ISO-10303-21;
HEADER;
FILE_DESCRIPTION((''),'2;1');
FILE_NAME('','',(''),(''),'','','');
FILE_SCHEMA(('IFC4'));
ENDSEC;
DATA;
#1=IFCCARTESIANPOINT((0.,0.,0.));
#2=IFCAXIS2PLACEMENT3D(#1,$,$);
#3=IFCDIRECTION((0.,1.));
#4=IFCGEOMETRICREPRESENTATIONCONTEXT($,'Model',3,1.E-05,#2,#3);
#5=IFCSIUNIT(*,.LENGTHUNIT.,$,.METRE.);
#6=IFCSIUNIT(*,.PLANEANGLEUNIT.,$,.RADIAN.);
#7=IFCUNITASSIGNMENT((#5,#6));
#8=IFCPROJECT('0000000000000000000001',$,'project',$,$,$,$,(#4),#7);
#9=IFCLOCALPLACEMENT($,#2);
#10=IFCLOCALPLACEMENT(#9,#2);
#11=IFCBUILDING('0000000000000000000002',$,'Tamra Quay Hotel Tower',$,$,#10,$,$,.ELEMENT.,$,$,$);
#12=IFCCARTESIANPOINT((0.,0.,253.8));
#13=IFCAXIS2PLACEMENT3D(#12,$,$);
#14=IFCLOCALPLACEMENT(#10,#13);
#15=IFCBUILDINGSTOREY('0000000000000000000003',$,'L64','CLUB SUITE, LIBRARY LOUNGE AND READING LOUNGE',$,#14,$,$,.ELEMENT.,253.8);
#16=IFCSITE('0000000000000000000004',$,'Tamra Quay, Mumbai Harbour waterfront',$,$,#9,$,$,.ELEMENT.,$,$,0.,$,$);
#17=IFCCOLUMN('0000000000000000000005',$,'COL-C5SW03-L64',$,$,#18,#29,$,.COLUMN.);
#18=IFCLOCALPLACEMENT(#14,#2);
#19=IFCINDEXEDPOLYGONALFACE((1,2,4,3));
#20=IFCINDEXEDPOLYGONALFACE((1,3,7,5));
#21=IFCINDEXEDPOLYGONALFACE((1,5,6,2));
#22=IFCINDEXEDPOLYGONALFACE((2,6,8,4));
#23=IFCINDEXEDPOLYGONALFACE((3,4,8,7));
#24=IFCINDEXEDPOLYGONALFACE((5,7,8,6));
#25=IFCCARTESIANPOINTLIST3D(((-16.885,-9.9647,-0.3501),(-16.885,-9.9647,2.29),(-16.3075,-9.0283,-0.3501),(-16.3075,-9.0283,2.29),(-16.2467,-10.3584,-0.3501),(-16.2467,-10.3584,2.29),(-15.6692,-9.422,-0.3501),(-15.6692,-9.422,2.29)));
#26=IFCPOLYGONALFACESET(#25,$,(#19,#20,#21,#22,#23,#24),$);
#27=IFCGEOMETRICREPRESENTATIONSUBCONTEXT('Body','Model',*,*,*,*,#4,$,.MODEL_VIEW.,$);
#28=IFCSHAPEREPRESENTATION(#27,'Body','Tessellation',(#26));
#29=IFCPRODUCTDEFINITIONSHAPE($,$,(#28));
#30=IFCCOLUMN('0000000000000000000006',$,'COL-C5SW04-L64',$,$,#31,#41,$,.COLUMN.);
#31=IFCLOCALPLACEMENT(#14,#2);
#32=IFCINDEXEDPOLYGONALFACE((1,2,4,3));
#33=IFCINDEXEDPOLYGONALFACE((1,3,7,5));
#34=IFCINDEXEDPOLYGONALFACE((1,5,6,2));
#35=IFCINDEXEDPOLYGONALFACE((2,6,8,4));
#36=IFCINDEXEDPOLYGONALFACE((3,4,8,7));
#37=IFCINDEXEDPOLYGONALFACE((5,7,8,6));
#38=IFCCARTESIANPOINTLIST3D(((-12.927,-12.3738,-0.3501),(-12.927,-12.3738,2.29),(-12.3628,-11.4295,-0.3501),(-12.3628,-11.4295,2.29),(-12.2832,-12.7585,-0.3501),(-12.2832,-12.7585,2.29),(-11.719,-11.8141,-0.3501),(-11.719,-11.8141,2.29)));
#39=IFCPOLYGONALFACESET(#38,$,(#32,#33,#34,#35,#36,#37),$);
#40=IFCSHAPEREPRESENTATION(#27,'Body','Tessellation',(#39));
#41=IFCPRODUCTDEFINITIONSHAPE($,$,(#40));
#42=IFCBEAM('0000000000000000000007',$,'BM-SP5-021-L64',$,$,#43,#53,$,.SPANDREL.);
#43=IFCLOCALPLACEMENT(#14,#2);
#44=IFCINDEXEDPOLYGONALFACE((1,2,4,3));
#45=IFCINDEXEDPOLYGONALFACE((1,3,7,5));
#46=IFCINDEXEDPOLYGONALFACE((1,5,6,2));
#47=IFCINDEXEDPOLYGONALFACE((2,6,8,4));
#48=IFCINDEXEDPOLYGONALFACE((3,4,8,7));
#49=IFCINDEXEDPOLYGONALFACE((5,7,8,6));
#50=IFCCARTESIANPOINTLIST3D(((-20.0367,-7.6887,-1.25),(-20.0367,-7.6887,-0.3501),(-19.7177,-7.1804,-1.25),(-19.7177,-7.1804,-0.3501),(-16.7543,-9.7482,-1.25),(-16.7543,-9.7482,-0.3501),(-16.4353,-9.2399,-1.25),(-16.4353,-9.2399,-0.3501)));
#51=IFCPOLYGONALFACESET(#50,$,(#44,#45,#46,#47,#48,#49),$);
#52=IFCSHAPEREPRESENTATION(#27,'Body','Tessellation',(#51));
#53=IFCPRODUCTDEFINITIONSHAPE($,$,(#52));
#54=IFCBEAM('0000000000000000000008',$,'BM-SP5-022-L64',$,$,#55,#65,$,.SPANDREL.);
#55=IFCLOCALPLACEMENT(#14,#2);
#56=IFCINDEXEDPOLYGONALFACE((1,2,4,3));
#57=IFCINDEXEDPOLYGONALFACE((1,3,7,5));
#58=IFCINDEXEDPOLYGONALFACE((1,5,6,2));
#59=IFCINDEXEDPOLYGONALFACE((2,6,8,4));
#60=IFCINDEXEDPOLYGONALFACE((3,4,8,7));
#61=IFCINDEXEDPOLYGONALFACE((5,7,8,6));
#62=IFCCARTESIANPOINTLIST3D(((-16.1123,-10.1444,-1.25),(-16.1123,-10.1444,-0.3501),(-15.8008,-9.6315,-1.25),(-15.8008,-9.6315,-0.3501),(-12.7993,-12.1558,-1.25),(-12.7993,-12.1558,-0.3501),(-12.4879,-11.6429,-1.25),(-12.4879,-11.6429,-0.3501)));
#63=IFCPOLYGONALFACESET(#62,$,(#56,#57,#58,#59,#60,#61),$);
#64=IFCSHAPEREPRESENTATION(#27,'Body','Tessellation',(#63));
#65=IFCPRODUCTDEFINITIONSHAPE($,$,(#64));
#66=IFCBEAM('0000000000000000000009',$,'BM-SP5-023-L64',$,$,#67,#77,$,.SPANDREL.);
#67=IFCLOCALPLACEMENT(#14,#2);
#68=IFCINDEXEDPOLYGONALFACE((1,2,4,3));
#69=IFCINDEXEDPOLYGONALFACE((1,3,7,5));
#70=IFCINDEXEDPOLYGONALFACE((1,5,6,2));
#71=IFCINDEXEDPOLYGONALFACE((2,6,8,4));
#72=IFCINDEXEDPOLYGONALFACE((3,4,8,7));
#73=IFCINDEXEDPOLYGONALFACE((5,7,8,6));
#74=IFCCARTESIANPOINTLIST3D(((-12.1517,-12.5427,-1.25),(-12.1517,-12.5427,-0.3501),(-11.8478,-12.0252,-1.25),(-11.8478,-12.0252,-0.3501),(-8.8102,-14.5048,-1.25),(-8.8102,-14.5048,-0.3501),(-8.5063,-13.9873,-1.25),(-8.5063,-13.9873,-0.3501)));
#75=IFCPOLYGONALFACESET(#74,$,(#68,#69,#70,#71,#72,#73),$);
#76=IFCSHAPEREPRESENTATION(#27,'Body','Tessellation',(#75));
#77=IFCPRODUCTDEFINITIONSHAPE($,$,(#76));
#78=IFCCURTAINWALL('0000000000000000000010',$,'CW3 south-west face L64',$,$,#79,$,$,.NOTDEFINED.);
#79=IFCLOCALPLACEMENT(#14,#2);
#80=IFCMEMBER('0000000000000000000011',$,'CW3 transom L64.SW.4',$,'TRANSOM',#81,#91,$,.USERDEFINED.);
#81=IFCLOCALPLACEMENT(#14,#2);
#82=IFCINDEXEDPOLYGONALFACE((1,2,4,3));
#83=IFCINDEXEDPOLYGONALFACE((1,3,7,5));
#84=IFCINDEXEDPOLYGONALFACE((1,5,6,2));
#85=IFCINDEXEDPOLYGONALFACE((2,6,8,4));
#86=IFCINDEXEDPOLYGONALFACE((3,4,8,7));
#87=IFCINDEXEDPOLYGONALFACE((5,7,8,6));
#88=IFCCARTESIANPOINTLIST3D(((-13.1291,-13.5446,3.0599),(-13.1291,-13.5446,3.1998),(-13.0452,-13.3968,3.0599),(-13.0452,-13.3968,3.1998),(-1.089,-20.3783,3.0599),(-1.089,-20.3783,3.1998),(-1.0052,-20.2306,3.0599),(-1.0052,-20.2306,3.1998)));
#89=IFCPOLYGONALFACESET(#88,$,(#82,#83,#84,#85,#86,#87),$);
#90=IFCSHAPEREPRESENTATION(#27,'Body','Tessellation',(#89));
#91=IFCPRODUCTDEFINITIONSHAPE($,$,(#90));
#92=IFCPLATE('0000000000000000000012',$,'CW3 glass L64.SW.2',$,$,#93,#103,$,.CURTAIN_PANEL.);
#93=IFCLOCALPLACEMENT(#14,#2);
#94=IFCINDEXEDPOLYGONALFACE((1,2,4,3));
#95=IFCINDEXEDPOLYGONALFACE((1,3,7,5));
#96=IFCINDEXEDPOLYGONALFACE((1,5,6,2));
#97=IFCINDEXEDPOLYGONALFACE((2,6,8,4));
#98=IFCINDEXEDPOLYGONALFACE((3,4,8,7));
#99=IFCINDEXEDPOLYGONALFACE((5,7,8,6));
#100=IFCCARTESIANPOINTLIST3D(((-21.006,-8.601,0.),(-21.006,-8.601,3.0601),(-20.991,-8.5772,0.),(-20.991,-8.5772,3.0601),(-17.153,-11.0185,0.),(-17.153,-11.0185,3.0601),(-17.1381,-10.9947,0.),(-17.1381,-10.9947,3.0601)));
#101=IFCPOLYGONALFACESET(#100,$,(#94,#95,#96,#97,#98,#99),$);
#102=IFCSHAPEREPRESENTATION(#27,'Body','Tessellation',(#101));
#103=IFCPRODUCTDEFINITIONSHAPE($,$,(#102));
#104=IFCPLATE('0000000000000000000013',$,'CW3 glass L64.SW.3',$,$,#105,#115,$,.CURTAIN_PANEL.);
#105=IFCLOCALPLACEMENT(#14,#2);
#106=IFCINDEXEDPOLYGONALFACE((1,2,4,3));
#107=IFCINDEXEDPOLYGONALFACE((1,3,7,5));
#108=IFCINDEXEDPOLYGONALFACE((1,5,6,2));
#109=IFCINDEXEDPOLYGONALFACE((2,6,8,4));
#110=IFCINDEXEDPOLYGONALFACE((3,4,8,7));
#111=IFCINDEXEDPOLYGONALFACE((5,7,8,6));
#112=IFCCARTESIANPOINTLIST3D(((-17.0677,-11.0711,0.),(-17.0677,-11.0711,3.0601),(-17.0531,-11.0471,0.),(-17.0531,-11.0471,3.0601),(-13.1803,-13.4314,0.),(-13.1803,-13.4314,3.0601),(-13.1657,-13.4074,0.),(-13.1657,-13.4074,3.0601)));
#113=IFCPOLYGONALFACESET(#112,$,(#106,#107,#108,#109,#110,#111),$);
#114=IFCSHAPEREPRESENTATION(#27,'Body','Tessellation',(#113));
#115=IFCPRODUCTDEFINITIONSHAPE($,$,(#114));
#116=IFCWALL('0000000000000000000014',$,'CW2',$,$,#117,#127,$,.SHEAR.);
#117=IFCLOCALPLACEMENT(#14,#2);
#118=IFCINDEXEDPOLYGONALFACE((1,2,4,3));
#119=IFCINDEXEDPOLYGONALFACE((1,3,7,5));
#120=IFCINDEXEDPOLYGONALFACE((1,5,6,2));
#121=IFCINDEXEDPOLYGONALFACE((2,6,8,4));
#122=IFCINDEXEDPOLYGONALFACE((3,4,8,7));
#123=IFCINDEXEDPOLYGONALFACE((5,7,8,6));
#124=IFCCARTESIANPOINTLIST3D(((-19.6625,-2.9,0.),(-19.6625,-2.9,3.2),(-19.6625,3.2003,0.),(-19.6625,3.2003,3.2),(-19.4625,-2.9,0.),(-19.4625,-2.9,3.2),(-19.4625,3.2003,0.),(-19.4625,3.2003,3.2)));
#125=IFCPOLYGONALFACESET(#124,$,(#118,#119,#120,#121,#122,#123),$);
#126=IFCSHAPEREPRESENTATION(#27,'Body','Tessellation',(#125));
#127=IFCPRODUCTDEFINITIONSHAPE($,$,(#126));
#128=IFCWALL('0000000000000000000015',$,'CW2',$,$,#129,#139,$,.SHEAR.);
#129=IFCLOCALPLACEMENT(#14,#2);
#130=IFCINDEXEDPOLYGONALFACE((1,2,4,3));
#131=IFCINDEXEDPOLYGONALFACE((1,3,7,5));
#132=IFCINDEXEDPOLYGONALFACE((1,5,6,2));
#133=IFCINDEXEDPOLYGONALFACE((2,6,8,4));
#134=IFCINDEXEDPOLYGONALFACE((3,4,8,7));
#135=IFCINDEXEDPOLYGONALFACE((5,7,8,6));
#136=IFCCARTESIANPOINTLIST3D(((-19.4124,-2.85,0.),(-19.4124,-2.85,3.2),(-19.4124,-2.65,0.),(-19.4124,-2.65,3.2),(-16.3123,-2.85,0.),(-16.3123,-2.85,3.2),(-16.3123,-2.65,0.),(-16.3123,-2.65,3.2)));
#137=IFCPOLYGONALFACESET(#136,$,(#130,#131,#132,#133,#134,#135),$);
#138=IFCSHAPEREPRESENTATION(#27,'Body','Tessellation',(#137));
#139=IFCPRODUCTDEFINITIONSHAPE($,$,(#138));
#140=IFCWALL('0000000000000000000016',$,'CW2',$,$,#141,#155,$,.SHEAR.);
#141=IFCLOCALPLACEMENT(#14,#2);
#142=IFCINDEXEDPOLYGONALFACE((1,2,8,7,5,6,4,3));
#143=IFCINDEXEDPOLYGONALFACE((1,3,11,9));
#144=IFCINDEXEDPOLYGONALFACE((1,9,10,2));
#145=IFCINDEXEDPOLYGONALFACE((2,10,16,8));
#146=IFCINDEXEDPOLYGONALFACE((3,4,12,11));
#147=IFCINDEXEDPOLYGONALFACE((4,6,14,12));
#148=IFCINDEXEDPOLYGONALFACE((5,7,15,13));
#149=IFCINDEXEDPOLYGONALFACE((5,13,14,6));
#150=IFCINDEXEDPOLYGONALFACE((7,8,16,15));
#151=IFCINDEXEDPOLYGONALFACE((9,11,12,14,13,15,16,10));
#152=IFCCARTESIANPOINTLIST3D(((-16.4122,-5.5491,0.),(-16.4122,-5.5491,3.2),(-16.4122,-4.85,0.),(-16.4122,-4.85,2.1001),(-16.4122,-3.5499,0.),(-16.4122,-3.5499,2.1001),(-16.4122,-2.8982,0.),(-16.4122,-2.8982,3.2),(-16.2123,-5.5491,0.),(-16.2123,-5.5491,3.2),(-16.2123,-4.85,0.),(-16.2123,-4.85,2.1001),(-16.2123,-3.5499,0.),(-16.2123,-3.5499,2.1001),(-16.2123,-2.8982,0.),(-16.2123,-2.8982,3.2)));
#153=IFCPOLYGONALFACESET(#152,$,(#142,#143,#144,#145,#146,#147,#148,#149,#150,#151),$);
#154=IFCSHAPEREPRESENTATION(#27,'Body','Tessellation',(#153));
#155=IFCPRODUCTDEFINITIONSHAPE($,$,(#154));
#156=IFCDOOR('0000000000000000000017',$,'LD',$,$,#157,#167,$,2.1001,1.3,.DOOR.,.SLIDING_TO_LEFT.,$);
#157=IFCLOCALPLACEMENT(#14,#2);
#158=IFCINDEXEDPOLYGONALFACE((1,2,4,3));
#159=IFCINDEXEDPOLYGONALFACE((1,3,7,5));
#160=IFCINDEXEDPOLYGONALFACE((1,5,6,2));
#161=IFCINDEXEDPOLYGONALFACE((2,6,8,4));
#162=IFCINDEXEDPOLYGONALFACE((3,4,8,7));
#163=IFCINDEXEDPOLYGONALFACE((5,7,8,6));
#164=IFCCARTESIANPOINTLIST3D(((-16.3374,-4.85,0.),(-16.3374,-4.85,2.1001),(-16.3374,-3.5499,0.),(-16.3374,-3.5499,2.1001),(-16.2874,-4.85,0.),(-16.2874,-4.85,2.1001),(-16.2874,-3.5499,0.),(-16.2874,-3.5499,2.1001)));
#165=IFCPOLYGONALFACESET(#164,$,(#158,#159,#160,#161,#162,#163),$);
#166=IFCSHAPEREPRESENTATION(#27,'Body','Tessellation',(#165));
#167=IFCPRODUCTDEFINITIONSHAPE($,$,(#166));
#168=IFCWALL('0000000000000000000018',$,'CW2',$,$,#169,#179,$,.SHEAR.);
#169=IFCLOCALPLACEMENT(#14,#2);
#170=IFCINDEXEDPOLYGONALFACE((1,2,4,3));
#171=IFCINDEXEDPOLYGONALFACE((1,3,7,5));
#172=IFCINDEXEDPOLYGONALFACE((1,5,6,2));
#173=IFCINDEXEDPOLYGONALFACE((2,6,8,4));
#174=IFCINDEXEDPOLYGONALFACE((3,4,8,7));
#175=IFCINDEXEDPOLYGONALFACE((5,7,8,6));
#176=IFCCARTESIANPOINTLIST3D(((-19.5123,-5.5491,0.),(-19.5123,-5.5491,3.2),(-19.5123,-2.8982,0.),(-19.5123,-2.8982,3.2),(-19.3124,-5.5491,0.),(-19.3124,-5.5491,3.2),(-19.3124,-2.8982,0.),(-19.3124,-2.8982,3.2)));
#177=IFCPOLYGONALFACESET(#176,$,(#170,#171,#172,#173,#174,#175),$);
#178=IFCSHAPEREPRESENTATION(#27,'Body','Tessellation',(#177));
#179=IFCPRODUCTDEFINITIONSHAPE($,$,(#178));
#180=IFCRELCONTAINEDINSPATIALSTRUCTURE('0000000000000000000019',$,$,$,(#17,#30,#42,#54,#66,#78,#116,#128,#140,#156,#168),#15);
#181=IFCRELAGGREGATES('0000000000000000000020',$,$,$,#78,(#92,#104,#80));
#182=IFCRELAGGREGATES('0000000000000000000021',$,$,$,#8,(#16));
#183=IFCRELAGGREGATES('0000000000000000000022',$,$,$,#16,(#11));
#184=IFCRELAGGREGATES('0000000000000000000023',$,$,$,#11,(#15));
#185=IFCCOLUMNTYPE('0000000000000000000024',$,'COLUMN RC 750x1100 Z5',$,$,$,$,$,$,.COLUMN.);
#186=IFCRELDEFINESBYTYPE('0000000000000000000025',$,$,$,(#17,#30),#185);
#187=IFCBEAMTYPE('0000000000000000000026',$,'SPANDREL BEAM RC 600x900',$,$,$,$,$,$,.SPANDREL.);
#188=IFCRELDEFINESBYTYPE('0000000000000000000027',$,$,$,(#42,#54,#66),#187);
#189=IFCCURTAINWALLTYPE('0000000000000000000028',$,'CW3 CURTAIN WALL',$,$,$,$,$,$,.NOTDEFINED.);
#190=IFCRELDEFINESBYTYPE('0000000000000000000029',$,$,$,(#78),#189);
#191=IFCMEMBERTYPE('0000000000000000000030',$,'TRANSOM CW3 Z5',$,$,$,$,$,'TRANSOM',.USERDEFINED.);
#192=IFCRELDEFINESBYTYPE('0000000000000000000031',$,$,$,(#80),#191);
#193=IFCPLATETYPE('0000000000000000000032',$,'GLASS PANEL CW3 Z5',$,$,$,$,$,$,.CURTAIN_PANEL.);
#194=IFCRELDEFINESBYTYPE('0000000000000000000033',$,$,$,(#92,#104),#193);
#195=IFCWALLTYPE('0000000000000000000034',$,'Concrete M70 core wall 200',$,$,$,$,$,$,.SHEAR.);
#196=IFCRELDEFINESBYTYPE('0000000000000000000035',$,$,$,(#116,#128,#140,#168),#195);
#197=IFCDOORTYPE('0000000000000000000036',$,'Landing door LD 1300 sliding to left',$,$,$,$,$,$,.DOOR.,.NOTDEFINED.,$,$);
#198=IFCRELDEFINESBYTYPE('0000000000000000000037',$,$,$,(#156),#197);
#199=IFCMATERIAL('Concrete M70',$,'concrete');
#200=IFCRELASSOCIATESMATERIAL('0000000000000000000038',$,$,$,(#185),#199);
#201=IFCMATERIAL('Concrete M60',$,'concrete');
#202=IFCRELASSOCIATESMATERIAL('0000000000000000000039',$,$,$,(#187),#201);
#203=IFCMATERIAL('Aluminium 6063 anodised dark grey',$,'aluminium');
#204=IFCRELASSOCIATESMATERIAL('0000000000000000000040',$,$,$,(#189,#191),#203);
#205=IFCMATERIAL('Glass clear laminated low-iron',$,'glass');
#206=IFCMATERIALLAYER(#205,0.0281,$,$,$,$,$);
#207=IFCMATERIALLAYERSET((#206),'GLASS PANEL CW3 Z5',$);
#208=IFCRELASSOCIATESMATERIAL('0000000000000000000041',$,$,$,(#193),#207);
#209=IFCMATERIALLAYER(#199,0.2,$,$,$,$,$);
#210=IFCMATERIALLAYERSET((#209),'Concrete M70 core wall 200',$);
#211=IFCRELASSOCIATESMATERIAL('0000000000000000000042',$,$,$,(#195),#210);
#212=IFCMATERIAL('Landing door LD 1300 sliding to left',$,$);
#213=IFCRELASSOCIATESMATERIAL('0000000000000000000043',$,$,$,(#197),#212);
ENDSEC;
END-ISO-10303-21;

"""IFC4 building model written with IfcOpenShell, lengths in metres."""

from ifc_helpers import new_model, si_unit, direction, frame, frame_2d, origin, origin_2d, place, context, subcontext, project, spatial, rectangle, extrude, material, layer, layer_set, material_profile, profile_set, type_object, element, fill, aggregate, save


model = new_model("IFC4")

# Units and contexts
model_context = context("Model", 3, precision=1e-05, world=origin(), true_north=direction((0.0, 1.0)))
body_context = subcontext(model_context, "Body", "Model", "MODEL_VIEW")
ifc_project = project(units=[si_unit("LENGTHUNIT", "METRE"), si_unit("PLANEANGLEUNIT", "RADIAN")], contexts=[model_context])

# Site, building, storey
site_placement = place(None, origin())
site = spatial("IfcSite", under=ifc_project, at=site_placement, Name="Tamra Quay, Mumbai Harbour waterfront", CompositionType="ELEMENT", RefElevation=0.0)
building_placement = place(site_placement, origin())
building = spatial("IfcBuilding", under=site, at=building_placement, Name="Tamra Quay Hotel Tower", CompositionType="ELEMENT")
storey_placement = place(building_placement, frame((0.0, 0.0, 253.8)))
storey = spatial("IfcBuildingStorey", under=building, at=storey_placement, Name="L64", Description="CLUB SUITE, LIBRARY LOUNGE AND READING LOUNGE", CompositionType="ELEMENT", Elevation=253.8)

# Columns
ifc_material_1 = material(Name="Concrete M70", Category="concrete")
ifc_material_profile_1 = material_profile(ifc_material_1, rectangle(XDim=1.1001, YDim=0.75, at=origin_2d()), Name="COLUMN RC 750x1100 Z5")
ifc_profile_set_1 = profile_set([ifc_material_profile_1], Name="Concrete M70")
column_type = type_object("IfcColumnType", Name="COLUMN RC 750x1100 Z5", PredefinedType="COLUMN", material=ifc_profile_set_1)
for number, where, z_axis, x_axis, name in (
    (1, (-16.2771, -9.6934, -0.3501), (0.0, 0.0, 1.0), (0.524928, 0.851147, 0.0), "COL-C5SW03-L64"),
    (2, (-12.323, -12.094, -0.3501), (0.0, 0.0, 1.0), (0.512899, 0.858449, 0.0), "COL-C5SW04-L64"),
):
    element("IfcColumn", number, at=place(storey_placement, frame(where, z_axis=z_axis, x_axis=x_axis)), inside=storey, type_object=column_type, Name=name, PredefinedType="COLUMN", context=body_context, shape_type="SweptSolid", body=[
        extrude(rectangle(XDim=1.1001, YDim=0.75, at=origin_2d()), origin(), (0.0, 0.0, 1.0), 2.6401),
    ])

# Beams
ifc_material_2 = material(Name="Concrete M60", Category="concrete")
ifc_material_profile_2 = material_profile(ifc_material_2, rectangle(XDim=0.6001, YDim=0.8999, at=origin_2d()), Name="SPANDREL BEAM RC 600x900")
ifc_profile_set_2 = profile_set([ifc_material_profile_2], Name="Concrete M60")
beam_type = type_object("IfcBeamType", Name="SPANDREL BEAM RC 600x900", PredefinedType="SPANDREL", material=ifc_profile_set_2)
beam_1_placement = place(storey_placement, frame((-19.8772, -7.4346, -0.8), z_axis=(0.847066, -0.531488, 0.0), x_axis=(0.531488, 0.847066, 0.0)))
element("IfcBeam", 3, at=beam_1_placement, inside=storey, type_object=beam_type, Name="BM-SP5-021-L64", PredefinedType="SPANDREL", context=body_context, shape_type="SweptSolid", body=[
    extrude(rectangle(XDim=0.6001, YDim=0.8999, at=origin_2d()), origin(), (0.0, 0.0, 1.0), 3.875),
])
beam_2_placement = place(storey_placement, frame((-15.9565, -9.8879, -0.8), z_axis=(0.854786, -0.518981, 0.0), x_axis=(0.518981, 0.854786, 0.0)))
element("IfcBeam", 4, at=beam_2_placement, inside=storey, type_object=beam_type, Name="BM-SP5-022-L64", PredefinedType="SPANDREL", context=body_context, shape_type="SweptSolid", body=[
    extrude(rectangle(XDim=0.6001, YDim=0.8999, at=origin_2d()), origin(), (0.0, 0.0, 1.0), 3.8757),
])
beam_3_placement = place(storey_placement, frame((-11.9998, -12.2839, -0.8), z_axis=(0.862324, -0.506356, 0.0), x_axis=(0.506356, 0.862324, 0.0)))
element("IfcBeam", 5, at=beam_3_placement, inside=storey, type_object=beam_type, Name="BM-SP5-023-L64", PredefinedType="SPANDREL", context=body_context, shape_type="SweptSolid", body=[
    extrude(rectangle(XDim=0.6001, YDim=0.8999, at=origin_2d()), origin(), (0.0, 0.0, 1.0), 3.875),
])

# Curtain wall, member, plates
ifc_material_3 = material(Name="Aluminium 6063 anodised dark grey", Category="aluminium")
curtain_wall_type = type_object("IfcCurtainWallType", Name="CW3 CURTAIN WALL", PredefinedType="NOTDEFINED", material=ifc_material_3)
curtain_wall_placement = place(storey_placement, origin())
curtain_wall = element("IfcCurtainWall", 6, at=curtain_wall_placement, inside=storey, type_object=curtain_wall_type, Name="CW3 south-west face L64", PredefinedType="NOTDEFINED")
ifc_material_profile_3 = material_profile(ifc_material_3, rectangle(XDim=0.1699, YDim=0.1399, at=origin_2d()), Name="TRANSOM 170X140")
ifc_profile_set_3 = profile_set([ifc_material_profile_3], Name="Aluminium 6063 anodised dark grey")
member_type = type_object("IfcMemberType", Name="TRANSOM CW3 Z5", ElementType="TRANSOM", PredefinedType="USERDEFINED", material=ifc_profile_set_3)
member_placement = place(storey_placement, frame((-13.0872, -13.4707, 3.1299), z_axis=(0.86968, -0.493617, 0.0), x_axis=(0.493617, 0.86968, 0.0)))
member = element("IfcMember", 7, at=member_placement, type_object=member_type, Name="CW3 transom L64.SW.4", ObjectType="TRANSOM", PredefinedType="USERDEFINED", context=body_context, shape_type="SweptSolid", body=[
    extrude(rectangle(XDim=0.1699, YDim=0.1399, at=origin_2d()), origin(), (0.0, 0.0, 1.0), 13.8442),
])
ifc_material_4 = material(Name="Glass clear laminated low-iron", Category="glass")
ifc_layer_1 = layer(ifc_material_4, 0.0281)
ifc_layer_set_1 = layer_set([ifc_layer_1], Name="GLASS PANEL CW3 Z5")
plate_type = type_object("IfcPlateType", Name="GLASS PANEL CW3 Z5", PredefinedType="CURTAIN_PANEL", material=ifc_layer_set_1)
plate_1_placement = place(storey_placement, frame((-19.072, -9.7979, 0.0), z_axis=(0.0, 0.0, 1.0), x_axis=(0.847068, -0.531484, 0.0)))
plate_1 = element("IfcPlate", 8, at=plate_1_placement, type_object=plate_type, Name="CW3 glass L64.SW.2", PredefinedType="CURTAIN_PANEL", context=body_context, shape_type="SweptSolid", body=[
    extrude(rectangle(XDim=4.5486, YDim=0.0281, at=origin_2d()), origin(), (0.0, 0.0, 1.0), 3.0601),
])
plate_2_placement = place(storey_placement, frame((-15.1167, -12.2393, 0.0), z_axis=(0.0, 0.0, 1.0), x_axis=(0.854783, -0.518985, 0.0)))
plate_2 = element("IfcPlate", 9, at=plate_2_placement, type_object=plate_type, Name="CW3 glass L64.SW.3", PredefinedType="CURTAIN_PANEL", context=body_context, shape_type="SweptSolid", body=[
    extrude(rectangle(XDim=4.5479, YDim=0.0281, at=origin_2d()), origin(), (0.0, 0.0, 1.0), 3.0601),
])
aggregate(curtain_wall, [plate_1, plate_2, member])

# Walls
ifc_layer_2 = layer(ifc_material_1, 0.2)
ifc_layer_set_2 = layer_set([ifc_layer_2], Name="Concrete M70 core wall 200")
wall_type_1 = type_object("IfcWallType", Name="Concrete M70 core wall 200", PredefinedType="SHEAR", material=ifc_layer_set_2)
wall_1_placement = place(storey_placement, frame((-19.5625, -2.9001, 0.0), z_axis=(0.0, 0.0, 1.0), x_axis=(0.0, 1.0, 0.0)))
element("IfcWall", 10, at=wall_1_placement, inside=storey, type_object=wall_type_1, Name="CW2", PredefinedType="SHEAR", context=body_context, shape_type="SweptSolid", body=[
    extrude(rectangle(XDim=6.1003, YDim=0.2, at=frame_2d((3.0503, 0.0))), origin(), (0.0, 0.0, 1.0), 3.2),
])
wall_2_placement = place(storey_placement, frame((-19.4124, -2.75, 0.0), z_axis=(0.0, 0.0, 1.0), x_axis=(1.0, 0.0, 0.0)))
element("IfcWall", 11, at=wall_2_placement, inside=storey, type_object=wall_type_1, Name="CW2", PredefinedType="SHEAR", context=body_context, shape_type="SweptSolid", body=[
    extrude(rectangle(XDim=3.1001, YDim=0.2, at=frame_2d((1.55, 0.0))), origin(), (0.0, 0.0, 1.0), 3.2),
])

# Wall, opening, door
wall_3_placement = place(storey_placement, frame((-16.3123, -2.8982, 0.0), z_axis=(0.0, 0.0, 1.0), x_axis=(0.0, -1.0, 0.0)))
wall_3 = element("IfcWall", 12, at=wall_3_placement, inside=storey, type_object=wall_type_1, Name="CW2", PredefinedType="SHEAR", context=body_context, shape_type="SweptSolid", body=[
    extrude(rectangle(XDim=2.6509, YDim=0.2, at=frame_2d((1.3254, 0.0))), origin(), (0.0, 0.0, 1.0), 3.2),
])
opening_1_placement = place(wall_3_placement, frame((0.6519, 0.0, 0.0)))
opening_1 = element("IfcOpeningElement", 13, at=opening_1_placement, cuts=wall_3, PredefinedType="OPENING", context=body_context, shape_type="SweptSolid", body=[
    extrude(rectangle(XDim=1.3, YDim=2.1001, at=frame_2d((0.6499, 1.05))), frame((0.0, 0.1099, 0.0), z_axis=(0.0, -1.0, 0.0), x_axis=(1.0, 0.0, 0.0)), (0.0, 0.0, 1.0), 0.22),
])
ifc_material_5 = material(Name="Landing door LD 1300 sliding to left")
door_type_1 = type_object("IfcDoorType", Name="Landing door LD 1300 sliding to left", OperationType="NOTDEFINED", PredefinedType="DOOR", material=ifc_material_5)
door_1_placement = place(opening_1_placement, origin())
door_1 = element("IfcDoor", 14, at=door_1_placement, inside=storey, type_object=door_type_1, Name="LD", OperationType="SLIDING_TO_LEFT", OverallHeight=2.1001, OverallWidth=1.3, PredefinedType="DOOR", context=body_context, shape_type="SweptSolid", body=[
    extrude(rectangle(XDim=1.3, YDim=2.1001, at=frame_2d((0.6499, 1.05))), frame((0.0, 0.0249, 0.0), z_axis=(0.0, -1.0, 0.0), x_axis=(1.0, 0.0, 0.0)), (0.0, 0.0, 1.0), 0.05),
])
fill(opening_1, door_1)

# Wall
wall_4_placement = place(storey_placement, frame((-19.4124, -5.5491, 0.0), z_axis=(0.0, 0.0, 1.0), x_axis=(0.0, 1.0, 0.0)))
element("IfcWall", 15, at=wall_4_placement, inside=storey, type_object=wall_type_1, Name="CW2", PredefinedType="SHEAR", context=body_context, shape_type="SweptSolid", body=[
    extrude(rectangle(XDim=2.6509, YDim=0.2, at=frame_2d((1.3254, 0.0))), origin(), (0.0, 0.0, 1.0), 3.2),
])

save(model, "model.ifc")
